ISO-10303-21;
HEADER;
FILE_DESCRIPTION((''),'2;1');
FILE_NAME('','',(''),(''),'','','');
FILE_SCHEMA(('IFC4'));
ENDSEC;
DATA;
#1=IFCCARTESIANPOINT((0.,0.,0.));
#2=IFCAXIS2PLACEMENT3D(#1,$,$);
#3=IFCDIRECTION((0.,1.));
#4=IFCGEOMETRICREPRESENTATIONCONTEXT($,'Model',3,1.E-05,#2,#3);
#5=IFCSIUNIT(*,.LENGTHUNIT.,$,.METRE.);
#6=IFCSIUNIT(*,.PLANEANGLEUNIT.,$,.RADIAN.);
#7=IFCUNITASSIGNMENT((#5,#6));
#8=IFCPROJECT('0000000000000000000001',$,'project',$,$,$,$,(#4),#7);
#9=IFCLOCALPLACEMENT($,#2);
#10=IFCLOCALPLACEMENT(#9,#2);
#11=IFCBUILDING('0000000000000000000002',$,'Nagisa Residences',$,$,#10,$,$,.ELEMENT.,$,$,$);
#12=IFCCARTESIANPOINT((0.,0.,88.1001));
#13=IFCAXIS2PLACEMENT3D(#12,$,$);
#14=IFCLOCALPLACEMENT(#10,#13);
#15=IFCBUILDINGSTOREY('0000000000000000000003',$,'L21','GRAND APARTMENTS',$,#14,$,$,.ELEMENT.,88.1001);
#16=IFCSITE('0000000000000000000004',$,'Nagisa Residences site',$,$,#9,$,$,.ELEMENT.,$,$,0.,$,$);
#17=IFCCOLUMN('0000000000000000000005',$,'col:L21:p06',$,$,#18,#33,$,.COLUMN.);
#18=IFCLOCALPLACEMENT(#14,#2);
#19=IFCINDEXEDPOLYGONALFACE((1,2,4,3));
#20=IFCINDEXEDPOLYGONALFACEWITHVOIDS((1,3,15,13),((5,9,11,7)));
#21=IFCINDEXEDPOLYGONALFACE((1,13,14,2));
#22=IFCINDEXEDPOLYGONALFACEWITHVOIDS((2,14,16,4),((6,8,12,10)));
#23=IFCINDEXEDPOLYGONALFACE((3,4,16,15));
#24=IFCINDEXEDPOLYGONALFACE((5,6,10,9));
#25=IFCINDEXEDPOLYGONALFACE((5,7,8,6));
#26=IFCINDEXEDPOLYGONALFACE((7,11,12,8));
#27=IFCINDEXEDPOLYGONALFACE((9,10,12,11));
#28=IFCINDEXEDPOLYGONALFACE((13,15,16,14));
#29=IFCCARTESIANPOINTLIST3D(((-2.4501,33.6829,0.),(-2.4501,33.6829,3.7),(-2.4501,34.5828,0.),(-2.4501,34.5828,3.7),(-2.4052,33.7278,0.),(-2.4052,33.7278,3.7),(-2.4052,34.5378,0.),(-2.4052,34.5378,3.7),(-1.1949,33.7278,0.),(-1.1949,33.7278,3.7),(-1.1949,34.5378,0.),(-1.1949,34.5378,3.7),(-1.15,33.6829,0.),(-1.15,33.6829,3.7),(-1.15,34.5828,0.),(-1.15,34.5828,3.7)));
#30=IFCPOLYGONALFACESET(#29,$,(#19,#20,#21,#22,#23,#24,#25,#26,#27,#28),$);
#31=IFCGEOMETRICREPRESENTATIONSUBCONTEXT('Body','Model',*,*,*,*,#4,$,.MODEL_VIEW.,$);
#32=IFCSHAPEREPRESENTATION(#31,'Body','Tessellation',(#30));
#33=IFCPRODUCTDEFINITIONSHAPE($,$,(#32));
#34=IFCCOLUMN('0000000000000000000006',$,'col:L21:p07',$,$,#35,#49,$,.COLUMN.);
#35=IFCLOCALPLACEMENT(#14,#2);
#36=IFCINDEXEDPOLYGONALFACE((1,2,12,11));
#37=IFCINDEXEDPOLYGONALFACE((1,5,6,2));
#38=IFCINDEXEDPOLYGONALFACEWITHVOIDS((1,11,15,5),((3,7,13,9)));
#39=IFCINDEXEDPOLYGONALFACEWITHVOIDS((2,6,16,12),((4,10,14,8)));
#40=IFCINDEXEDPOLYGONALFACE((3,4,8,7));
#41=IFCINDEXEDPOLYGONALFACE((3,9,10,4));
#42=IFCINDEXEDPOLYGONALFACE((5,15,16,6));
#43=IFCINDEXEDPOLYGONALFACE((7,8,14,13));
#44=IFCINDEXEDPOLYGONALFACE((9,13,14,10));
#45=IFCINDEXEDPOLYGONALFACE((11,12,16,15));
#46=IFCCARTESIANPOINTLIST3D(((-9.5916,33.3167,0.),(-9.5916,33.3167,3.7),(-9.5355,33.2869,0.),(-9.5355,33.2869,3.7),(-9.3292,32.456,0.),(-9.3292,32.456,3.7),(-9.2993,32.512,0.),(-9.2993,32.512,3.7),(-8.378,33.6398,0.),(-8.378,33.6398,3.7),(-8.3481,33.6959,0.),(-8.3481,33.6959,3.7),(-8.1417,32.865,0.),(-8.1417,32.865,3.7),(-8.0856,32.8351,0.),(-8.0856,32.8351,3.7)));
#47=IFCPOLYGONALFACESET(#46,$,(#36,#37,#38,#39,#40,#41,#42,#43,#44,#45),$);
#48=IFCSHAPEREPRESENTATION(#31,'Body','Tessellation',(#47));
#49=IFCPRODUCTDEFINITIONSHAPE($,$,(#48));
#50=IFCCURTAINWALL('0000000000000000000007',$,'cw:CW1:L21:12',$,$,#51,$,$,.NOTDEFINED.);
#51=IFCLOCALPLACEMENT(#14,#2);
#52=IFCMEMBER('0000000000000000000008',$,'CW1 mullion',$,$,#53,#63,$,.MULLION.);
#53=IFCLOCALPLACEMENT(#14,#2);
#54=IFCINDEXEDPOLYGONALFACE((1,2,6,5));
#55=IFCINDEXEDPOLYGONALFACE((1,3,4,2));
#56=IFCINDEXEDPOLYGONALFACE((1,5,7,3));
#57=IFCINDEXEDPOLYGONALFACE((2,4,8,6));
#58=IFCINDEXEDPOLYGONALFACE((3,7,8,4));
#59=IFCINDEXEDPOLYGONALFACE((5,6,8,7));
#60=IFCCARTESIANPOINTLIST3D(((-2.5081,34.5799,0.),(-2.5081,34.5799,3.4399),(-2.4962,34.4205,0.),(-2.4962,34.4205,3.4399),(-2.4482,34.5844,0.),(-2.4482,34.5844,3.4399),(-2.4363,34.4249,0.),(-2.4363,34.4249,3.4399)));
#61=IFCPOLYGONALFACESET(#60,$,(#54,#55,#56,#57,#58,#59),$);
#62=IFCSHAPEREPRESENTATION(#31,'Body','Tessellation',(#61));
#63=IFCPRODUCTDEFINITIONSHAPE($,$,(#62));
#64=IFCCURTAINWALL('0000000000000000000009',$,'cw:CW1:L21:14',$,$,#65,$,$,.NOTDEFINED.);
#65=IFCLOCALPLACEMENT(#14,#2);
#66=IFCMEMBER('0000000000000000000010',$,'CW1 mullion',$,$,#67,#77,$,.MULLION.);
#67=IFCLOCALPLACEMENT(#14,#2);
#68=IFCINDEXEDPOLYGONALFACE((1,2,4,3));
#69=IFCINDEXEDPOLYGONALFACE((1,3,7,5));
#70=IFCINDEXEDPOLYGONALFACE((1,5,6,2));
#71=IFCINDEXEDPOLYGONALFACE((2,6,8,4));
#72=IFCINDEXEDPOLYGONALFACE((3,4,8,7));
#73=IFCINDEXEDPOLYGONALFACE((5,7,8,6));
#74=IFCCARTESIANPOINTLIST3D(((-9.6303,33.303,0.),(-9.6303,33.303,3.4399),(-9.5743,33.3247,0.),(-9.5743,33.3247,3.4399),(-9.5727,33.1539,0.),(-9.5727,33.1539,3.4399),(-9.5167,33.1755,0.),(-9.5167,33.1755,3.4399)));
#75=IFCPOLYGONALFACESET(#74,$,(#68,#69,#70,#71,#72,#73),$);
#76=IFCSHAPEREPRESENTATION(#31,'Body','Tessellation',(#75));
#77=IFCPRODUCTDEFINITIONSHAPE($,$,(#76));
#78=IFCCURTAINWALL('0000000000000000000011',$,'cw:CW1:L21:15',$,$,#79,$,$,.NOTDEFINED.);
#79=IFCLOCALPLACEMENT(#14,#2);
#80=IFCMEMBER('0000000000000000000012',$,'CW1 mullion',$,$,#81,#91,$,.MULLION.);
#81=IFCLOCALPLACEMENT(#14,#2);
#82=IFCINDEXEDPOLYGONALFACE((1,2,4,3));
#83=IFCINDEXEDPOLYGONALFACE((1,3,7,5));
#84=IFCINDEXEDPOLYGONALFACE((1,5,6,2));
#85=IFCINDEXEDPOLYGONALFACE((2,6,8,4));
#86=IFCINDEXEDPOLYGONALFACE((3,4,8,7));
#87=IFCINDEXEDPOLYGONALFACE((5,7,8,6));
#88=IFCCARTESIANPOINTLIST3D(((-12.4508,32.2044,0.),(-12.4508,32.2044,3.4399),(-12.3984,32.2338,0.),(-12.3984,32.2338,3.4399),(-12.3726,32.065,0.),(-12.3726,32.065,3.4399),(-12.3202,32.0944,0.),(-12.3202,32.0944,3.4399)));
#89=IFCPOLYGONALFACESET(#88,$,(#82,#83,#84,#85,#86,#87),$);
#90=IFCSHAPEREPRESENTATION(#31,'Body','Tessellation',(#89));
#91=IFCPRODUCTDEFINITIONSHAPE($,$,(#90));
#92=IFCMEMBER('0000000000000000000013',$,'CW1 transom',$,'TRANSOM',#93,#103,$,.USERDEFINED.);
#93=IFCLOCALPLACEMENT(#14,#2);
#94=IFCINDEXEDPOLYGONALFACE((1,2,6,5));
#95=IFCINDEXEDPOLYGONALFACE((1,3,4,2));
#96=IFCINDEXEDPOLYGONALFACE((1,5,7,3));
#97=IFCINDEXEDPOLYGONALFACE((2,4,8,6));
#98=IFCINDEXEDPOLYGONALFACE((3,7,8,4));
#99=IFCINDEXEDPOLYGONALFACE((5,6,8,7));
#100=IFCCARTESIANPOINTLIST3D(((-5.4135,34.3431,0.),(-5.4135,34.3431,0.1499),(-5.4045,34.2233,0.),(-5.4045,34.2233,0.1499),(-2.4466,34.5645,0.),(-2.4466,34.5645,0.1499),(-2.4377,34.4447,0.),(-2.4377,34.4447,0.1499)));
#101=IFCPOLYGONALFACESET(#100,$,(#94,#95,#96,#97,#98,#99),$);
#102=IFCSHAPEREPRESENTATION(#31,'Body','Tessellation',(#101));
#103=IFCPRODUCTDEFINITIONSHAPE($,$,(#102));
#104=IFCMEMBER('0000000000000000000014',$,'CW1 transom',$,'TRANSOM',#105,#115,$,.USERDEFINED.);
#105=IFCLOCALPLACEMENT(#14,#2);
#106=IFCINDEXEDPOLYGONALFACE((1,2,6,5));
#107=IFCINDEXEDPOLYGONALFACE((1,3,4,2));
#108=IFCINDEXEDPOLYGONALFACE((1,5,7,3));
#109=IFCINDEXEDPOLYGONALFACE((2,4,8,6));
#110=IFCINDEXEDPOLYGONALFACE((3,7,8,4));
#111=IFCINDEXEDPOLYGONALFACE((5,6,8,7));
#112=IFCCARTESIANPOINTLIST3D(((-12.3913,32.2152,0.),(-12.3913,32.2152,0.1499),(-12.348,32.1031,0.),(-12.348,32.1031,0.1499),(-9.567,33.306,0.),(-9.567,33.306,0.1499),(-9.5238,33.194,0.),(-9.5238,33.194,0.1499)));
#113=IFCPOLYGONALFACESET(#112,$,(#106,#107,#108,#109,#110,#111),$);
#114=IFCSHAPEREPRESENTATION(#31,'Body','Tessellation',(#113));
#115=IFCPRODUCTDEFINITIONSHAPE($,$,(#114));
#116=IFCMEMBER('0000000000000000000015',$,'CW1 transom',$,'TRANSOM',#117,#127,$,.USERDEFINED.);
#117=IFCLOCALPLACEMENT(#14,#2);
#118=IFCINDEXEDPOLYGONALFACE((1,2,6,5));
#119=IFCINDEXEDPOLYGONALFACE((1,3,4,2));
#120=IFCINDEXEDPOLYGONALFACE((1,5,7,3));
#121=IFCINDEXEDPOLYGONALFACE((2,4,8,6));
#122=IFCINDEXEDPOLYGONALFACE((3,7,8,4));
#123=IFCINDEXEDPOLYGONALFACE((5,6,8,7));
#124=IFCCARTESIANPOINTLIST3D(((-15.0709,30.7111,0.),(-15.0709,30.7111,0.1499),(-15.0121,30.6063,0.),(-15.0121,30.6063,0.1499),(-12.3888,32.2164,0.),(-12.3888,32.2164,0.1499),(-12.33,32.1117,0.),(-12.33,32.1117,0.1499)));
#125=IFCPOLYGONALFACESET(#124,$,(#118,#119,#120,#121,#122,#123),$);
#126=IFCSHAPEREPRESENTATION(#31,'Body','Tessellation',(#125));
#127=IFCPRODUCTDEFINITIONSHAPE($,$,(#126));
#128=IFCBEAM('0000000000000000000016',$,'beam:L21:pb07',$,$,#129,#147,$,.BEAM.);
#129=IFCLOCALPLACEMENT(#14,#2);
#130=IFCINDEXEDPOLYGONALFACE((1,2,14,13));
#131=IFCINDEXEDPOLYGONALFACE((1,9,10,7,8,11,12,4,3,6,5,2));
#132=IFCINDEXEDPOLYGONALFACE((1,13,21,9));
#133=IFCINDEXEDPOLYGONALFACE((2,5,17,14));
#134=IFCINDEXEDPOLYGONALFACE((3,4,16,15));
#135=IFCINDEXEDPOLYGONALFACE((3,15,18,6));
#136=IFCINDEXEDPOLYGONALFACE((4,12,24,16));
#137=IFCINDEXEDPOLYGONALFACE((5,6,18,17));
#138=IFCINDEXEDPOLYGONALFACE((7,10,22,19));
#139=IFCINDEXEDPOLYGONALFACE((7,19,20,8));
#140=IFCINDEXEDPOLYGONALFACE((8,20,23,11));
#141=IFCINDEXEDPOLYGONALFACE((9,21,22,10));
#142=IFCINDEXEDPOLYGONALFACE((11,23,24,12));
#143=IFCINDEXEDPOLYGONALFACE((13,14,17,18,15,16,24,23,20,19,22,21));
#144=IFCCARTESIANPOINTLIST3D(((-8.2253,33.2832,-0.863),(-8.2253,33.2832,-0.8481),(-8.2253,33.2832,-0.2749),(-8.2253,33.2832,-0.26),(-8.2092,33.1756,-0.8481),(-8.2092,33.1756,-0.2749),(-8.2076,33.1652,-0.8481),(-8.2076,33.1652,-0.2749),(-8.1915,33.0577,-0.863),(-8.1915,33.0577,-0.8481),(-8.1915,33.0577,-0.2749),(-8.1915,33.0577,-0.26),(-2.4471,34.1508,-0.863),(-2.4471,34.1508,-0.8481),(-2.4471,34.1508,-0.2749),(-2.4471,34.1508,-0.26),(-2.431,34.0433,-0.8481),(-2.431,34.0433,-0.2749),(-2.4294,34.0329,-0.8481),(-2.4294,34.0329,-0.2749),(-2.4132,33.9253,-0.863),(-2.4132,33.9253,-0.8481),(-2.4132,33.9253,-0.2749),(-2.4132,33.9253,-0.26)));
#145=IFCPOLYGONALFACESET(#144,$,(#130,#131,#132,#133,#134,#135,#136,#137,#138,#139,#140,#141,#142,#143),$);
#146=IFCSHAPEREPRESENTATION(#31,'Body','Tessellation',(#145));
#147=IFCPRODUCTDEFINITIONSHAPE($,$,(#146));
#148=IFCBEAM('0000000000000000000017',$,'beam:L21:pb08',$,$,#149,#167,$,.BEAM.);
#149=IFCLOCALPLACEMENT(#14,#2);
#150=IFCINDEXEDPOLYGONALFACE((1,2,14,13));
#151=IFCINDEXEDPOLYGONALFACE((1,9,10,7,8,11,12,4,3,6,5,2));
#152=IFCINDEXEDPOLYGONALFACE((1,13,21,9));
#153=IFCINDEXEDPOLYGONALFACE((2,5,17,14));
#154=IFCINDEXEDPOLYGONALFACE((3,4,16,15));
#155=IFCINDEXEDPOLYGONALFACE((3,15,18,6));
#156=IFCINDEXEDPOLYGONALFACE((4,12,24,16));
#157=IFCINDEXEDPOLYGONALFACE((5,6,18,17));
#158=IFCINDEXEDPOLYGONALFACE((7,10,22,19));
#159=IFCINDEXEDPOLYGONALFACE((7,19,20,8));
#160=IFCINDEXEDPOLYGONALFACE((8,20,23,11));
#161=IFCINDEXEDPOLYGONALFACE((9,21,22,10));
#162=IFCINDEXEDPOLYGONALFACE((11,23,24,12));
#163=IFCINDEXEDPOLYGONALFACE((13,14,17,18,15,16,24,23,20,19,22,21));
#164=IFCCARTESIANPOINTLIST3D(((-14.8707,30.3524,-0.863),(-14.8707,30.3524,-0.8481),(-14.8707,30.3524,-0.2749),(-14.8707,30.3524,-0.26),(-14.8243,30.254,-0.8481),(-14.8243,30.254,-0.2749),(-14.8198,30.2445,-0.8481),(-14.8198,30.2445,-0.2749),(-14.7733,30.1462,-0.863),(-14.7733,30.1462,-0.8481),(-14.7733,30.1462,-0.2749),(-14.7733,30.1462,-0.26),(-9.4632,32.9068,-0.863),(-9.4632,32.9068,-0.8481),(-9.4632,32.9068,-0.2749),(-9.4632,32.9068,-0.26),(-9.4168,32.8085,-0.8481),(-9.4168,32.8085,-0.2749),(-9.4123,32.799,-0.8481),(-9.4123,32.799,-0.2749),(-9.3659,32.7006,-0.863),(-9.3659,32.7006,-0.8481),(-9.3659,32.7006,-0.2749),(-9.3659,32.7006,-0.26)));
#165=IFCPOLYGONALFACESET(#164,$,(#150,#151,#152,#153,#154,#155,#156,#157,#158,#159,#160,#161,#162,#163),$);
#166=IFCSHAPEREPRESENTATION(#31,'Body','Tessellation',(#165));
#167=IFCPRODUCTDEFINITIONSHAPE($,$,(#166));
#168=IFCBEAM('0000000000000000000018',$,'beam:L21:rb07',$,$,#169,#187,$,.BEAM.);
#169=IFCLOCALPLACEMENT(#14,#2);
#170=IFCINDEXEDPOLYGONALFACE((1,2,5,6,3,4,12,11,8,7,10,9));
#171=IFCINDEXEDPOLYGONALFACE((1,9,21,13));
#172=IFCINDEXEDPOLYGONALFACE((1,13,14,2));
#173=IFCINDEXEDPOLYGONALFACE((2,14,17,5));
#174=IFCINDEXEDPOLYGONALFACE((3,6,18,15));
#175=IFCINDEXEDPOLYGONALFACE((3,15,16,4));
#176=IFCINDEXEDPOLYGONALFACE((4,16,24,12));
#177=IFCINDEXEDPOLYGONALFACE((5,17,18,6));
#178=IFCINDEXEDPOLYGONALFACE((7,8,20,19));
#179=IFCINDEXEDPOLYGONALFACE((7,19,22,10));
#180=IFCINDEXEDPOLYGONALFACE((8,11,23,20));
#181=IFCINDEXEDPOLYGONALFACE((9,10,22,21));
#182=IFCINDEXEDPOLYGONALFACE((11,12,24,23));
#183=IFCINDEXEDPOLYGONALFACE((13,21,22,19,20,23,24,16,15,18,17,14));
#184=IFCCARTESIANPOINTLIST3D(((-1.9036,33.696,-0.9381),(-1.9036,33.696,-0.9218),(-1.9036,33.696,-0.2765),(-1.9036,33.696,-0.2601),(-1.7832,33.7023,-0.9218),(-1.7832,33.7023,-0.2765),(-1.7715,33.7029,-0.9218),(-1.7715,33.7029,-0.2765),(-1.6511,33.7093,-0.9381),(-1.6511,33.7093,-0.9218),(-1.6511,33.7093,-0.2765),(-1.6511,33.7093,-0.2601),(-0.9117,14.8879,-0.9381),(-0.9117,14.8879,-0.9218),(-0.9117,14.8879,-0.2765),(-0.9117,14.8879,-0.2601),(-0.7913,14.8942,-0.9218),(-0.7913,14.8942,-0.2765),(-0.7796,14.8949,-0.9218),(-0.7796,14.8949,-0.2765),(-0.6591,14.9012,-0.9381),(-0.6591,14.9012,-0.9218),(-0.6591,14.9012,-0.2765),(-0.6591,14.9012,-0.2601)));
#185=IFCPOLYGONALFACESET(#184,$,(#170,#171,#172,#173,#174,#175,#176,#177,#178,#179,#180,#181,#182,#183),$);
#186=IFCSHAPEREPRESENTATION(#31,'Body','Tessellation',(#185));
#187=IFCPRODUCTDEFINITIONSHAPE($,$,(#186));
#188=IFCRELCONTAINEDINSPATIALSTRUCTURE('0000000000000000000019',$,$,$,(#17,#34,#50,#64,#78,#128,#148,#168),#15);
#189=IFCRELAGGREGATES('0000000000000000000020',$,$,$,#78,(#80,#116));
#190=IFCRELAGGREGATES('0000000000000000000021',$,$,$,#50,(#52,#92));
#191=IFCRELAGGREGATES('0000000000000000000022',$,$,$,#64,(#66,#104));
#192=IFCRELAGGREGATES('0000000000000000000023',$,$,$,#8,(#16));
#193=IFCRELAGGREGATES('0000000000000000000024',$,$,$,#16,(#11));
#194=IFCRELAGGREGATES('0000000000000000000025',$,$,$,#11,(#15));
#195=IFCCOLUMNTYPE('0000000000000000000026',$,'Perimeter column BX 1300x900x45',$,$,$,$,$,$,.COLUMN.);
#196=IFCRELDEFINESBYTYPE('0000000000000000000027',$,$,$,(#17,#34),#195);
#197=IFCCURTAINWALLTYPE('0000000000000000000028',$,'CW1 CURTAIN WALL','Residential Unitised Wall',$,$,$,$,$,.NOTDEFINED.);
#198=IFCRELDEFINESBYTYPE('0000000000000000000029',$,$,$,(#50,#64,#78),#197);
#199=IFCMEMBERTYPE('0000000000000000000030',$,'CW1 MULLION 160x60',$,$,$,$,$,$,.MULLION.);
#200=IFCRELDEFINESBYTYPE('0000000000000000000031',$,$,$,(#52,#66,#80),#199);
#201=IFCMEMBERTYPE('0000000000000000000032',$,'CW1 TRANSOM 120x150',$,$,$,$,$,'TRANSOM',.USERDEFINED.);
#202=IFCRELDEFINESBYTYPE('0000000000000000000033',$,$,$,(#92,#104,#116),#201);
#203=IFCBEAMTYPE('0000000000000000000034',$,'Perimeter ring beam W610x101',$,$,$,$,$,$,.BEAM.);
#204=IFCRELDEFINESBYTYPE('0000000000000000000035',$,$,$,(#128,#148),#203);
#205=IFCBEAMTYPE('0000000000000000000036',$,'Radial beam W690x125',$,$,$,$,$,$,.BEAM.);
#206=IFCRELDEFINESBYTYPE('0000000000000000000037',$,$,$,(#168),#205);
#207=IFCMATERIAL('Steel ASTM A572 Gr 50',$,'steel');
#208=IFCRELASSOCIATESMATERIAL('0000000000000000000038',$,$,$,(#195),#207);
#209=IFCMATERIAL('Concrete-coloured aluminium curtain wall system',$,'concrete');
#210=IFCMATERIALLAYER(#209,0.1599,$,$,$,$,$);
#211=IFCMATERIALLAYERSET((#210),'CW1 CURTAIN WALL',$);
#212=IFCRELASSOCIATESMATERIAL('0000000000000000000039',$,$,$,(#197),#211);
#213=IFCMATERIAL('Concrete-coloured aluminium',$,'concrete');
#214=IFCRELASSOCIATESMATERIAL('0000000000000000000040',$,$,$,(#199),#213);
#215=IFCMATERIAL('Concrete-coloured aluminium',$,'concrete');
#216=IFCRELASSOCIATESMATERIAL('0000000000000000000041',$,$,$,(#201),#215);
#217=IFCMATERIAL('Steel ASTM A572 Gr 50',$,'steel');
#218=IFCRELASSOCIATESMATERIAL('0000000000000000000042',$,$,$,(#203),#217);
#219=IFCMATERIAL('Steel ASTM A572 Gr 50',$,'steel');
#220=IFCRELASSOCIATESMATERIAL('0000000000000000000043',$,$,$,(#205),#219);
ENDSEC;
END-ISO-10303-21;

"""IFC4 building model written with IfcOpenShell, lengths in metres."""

from ifc_helpers import new_model, si_unit, direction, frame, origin, origin_2d, place, context, subcontext, project, spatial, rectangle, hollow_rectangle, i_section, extrude, material, layer, layer_set, material_profile, profile_set, type_object, element, aggregate, save


model = new_model("IFC4")

# Units and contexts
model_context = context("Model", 3, precision=1e-05, world=origin(), true_north=direction((0.0, 1.0)))
body_context = subcontext(model_context, "Body", "Model", "MODEL_VIEW")
ifc_project = project(units=[si_unit("LENGTHUNIT", "METRE"), si_unit("PLANEANGLEUNIT", "RADIAN")], contexts=[model_context])

# Site, building, storey
site_placement = place(None, origin())
site = spatial("IfcSite", under=ifc_project, at=site_placement, Name="Nagisa Residences site", CompositionType="ELEMENT", RefElevation=0.0)
building_placement = place(site_placement, origin())
building = spatial("IfcBuilding", under=site, at=building_placement, Name="Nagisa Residences", CompositionType="ELEMENT")
storey_placement = place(building_placement, frame((0.0, 0.0, 88.1001)))
storey = spatial("IfcBuildingStorey", under=building, at=storey_placement, Name="L21", Description="GRAND APARTMENTS", CompositionType="ELEMENT", Elevation=88.1001)

# Columns
ifc_material_1 = material(Name="Steel ASTM A572 Gr 50", Category="steel")
ifc_material_profile_1 = material_profile(ifc_material_1, hollow_rectangle(XDim=1.3, YDim=0.8999, WallThickness=0.0449, at=origin_2d()), Name="BX 1300x900x45")
ifc_profile_set_1 = profile_set([ifc_material_profile_1], Name="Steel ASTM A572 Gr 50")
column_type = type_object("IfcColumnType", Name="Perimeter column BX 1300x900x45", PredefinedType="COLUMN", material=ifc_profile_set_1)
for number, where, z_axis, x_axis, name in (
    (1, (-1.8, 34.1328, 0.0), (0.0, 0.0, 1.0), (-1.0, 0.0, 0.0), "col:L21:p06"),
    (2, (-8.8386, 33.0759, 0.0), (0.0, 0.0, 1.0), (-0.956525, -0.291652, 0.0), "col:L21:p07"),
):
    element("IfcColumn", number, at=place(storey_placement, frame(where, z_axis=z_axis, x_axis=x_axis)), inside=storey, type_object=column_type, Name=name, PredefinedType="COLUMN", context=body_context, shape_type="SweptSolid", body=[
        extrude(hollow_rectangle(XDim=1.3, YDim=0.8999, WallThickness=0.0449, at=origin_2d()), origin(), (0.0, 0.0, 1.0), 3.7),
    ])

# Curtain walls, members
ifc_material_2 = material(Name="Concrete-coloured aluminium curtain wall system", Category="concrete")
ifc_layer_1 = layer(ifc_material_2, 0.1599)
ifc_layer_set_1 = layer_set([ifc_layer_1], Name="CW1 CURTAIN WALL")
curtain_wall_type = type_object("IfcCurtainWallType", Name="CW1 CURTAIN WALL", Description="Residential Unitised Wall", PredefinedType="NOTDEFINED", material=ifc_layer_set_1)
curtain_wall_1_placement = place(storey_placement, origin())
curtain_wall_1 = element("IfcCurtainWall", 3, at=curtain_wall_1_placement, inside=storey, type_object=curtain_wall_type, Name="cw:CW1:L21:12", PredefinedType="NOTDEFINED")
ifc_material_3 = material(Name="Concrete-coloured aluminium", Category="concrete")
ifc_material_profile_2 = material_profile(ifc_material_3, rectangle(XDim=0.1599, YDim=0.0601, at=origin_2d()), Name="CW1 MULLION 160x60")
ifc_profile_set_2 = profile_set([ifc_material_profile_2], Name="Concrete-coloured aluminium")
member_type_1 = type_object("IfcMemberType", Name="CW1 MULLION 160x60", PredefinedType="MULLION", material=ifc_profile_set_2)
member_1_placement = place(storey_placement, frame((-2.4722, 34.5024, 0.0), z_axis=(0.0, 0.0, 1.0), x_axis=(0.074377, -0.99723, 0.0)))
member_1 = element("IfcMember", 4, at=member_1_placement, type_object=member_type_1, Name="CW1 mullion", PredefinedType="MULLION", context=body_context, shape_type="SweptSolid", body=[
    extrude(rectangle(XDim=0.1599, YDim=0.0601, at=origin_2d()), origin(), (0.0, 0.0, 1.0), 3.4399),
])
curtain_wall_2_placement = place(storey_placement, origin())
curtain_wall_2 = element("IfcCurtainWall", 5, at=curtain_wall_2_placement, inside=storey, type_object=curtain_wall_type, Name="cw:CW1:L21:14", PredefinedType="NOTDEFINED")
member_2_placement = place(storey_placement, frame((-9.5735, 33.2393, 0.0), z_axis=(0.0, 0.0, 1.0), x_axis=(0.360328, -0.932826, 0.0)))
member_2 = element("IfcMember", 6, at=member_2_placement, type_object=member_type_1, Name="CW1 mullion", PredefinedType="MULLION", context=body_context, shape_type="SweptSolid", body=[
    extrude(rectangle(XDim=0.1599, YDim=0.0601, at=origin_2d()), origin(), (0.0, 0.0, 1.0), 3.4399),
])
curtain_wall_3_placement = place(storey_placement, origin())
curtain_wall_3 = element("IfcCurtainWall", 7, at=curtain_wall_3_placement, inside=storey, type_object=curtain_wall_type, Name="cw:CW1:L21:15", PredefinedType="NOTDEFINED")
member_3_placement = place(storey_placement, frame((-12.3855, 32.1494, 0.0), z_axis=(0.0, 0.0, 1.0), x_axis=(0.489377, -0.872072, 0.0)))
member_3 = element("IfcMember", 8, at=member_3_placement, type_object=member_type_1, Name="CW1 mullion", PredefinedType="MULLION", context=body_context, shape_type="SweptSolid", body=[
    extrude(rectangle(XDim=0.1599, YDim=0.0601, at=origin_2d()), origin(), (0.0, 0.0, 1.0), 3.4399),
])

# Members
ifc_material_4 = material(Name="Concrete-coloured aluminium", Category="concrete")
ifc_material_profile_3 = material_profile(ifc_material_4, rectangle(XDim=0.1201, YDim=0.1499, at=origin_2d()), Name="CW1 TRANSOM 120x150")
ifc_profile_set_3 = profile_set([ifc_material_profile_3], Name="Concrete-coloured aluminium")
member_type_2 = type_object("IfcMemberType", Name="CW1 TRANSOM 120x150", ElementType="TRANSOM", PredefinedType="USERDEFINED", material=ifc_profile_set_3)
member_4_placement = place(storey_placement, frame((-2.4421, 34.5046, 0.075), z_axis=(-0.997226, -0.074431, 0.0), x_axis=(0.074431, -0.997226, 0.0)))
member_4 = element("IfcMember", 9, at=member_4_placement, type_object=member_type_2, Name="CW1 transom", ObjectType="TRANSOM", PredefinedType="USERDEFINED", context=body_context, shape_type="SweptSolid", body=[
    extrude(rectangle(XDim=0.1201, YDim=0.1499, at=origin_2d()), origin(), (0.0, 0.0, 1.0), 2.9751),
])
member_5_placement = place(storey_placement, frame((-9.5454, 33.25, 0.075), z_axis=(-0.932838, -0.360297, 0.0), x_axis=(0.360297, -0.932838, 0.0)))
member_5 = element("IfcMember", 10, at=member_5_placement, type_object=member_type_2, Name="CW1 transom", ObjectType="TRANSOM", PredefinedType="USERDEFINED", context=body_context, shape_type="SweptSolid", body=[
    extrude(rectangle(XDim=0.1201, YDim=0.1499, at=origin_2d()), origin(), (0.0, 0.0, 1.0), 3.0276),
])
member_6_placement = place(storey_placement, frame((-12.3594, 32.1641, 0.075), z_axis=(-0.872037, -0.489439, 0.0), x_axis=(0.489439, -0.872037, 0.0)))
member_6 = element("IfcMember", 11, at=member_6_placement, type_object=member_type_2, Name="CW1 transom", ObjectType="TRANSOM", PredefinedType="USERDEFINED", context=body_context, shape_type="SweptSolid", body=[
    extrude(rectangle(XDim=0.1201, YDim=0.1499, at=origin_2d()), origin(), (0.0, 0.0, 1.0), 3.0757),
])
aggregate(curtain_wall_3, [member_3, member_6])

# Beams
ifc_material_5 = material(Name="Steel ASTM A572 Gr 50", Category="steel")
ifc_material_profile_4 = material_profile(ifc_material_5, i_section(OverallWidth=0.228, OverallDepth=0.603, WebThickness=0.0105, FlangeThickness=0.0149, at=origin_2d()), Name="W610x101")
ifc_profile_set_4 = profile_set([ifc_material_profile_4], Name="Steel ASTM A572 Gr 50")
beam_type_1 = type_object("IfcBeamType", Name="Perimeter ring beam W610x101", PredefinedType="BEAM", material=ifc_profile_set_4)
beam_1_placement = place(storey_placement, frame((-2.4302, 34.0381, -0.5615), z_axis=(-0.988913, -0.148496, 0.0), x_axis=(0.148496, -0.988913, 0.0)))
element("IfcBeam", 12, at=beam_1_placement, inside=storey, type_object=beam_type_1, Name="beam:L21:pb07", PredefinedType="BEAM", context=body_context, shape_type="SweptSolid", body=[
    extrude(i_section(OverallWidth=0.228, OverallDepth=0.603, WebThickness=0.0105, FlangeThickness=0.0149, at=origin_2d()), origin(), (0.0, 0.0, 1.0), 5.843),
])
beam_2_placement = place(storey_placement, frame((-9.4146, 32.8037, -0.5615), z_axis=(-0.90419, -0.427131, 0.0), x_axis=(0.427131, -0.90419, 0.0)))
element("IfcBeam", 13, at=beam_2_placement, inside=storey, type_object=beam_type_1, Name="beam:L21:pb08", PredefinedType="BEAM", context=body_context, shape_type="SweptSolid", body=[
    extrude(i_section(OverallWidth=0.228, OverallDepth=0.603, WebThickness=0.0105, FlangeThickness=0.0149, at=origin_2d()), origin(), (0.0, 0.0, 1.0), 5.9805),
])
ifc_material_6 = material(Name="Steel ASTM A572 Gr 50", Category="steel")
ifc_material_profile_5 = material_profile(ifc_material_6, i_section(OverallWidth=0.2529, OverallDepth=0.678, WebThickness=0.0117, FlangeThickness=0.0164, at=origin_2d()), Name="W690x125")
ifc_profile_set_5 = profile_set([ifc_material_profile_5], Name="Steel ASTM A572 Gr 50")
beam_type_2 = type_object("IfcBeamType", Name="Radial beam W690x125", PredefinedType="BEAM", material=ifc_profile_set_5)
beam_3_placement = place(storey_placement, frame((-1.7773, 33.7026, -0.5991), z_axis=(0.052667, -0.998612, 0.0), x_axis=(0.998612, 0.052667, 0.0)))
element("IfcBeam", 14, at=beam_3_placement, inside=storey, type_object=beam_type_2, Name="beam:L21:rb07", PredefinedType="BEAM", context=body_context, shape_type="SweptSolid", body=[
    extrude(i_section(OverallWidth=0.2529, OverallDepth=0.678, WebThickness=0.0117, FlangeThickness=0.0164, at=origin_2d()), origin(), (0.0, 0.0, 1.0), 18.8342),
])

aggregate(curtain_wall_1, [member_1, member_4])
aggregate(curtain_wall_2, [member_2, member_5])

save(model, "model.ifc")
